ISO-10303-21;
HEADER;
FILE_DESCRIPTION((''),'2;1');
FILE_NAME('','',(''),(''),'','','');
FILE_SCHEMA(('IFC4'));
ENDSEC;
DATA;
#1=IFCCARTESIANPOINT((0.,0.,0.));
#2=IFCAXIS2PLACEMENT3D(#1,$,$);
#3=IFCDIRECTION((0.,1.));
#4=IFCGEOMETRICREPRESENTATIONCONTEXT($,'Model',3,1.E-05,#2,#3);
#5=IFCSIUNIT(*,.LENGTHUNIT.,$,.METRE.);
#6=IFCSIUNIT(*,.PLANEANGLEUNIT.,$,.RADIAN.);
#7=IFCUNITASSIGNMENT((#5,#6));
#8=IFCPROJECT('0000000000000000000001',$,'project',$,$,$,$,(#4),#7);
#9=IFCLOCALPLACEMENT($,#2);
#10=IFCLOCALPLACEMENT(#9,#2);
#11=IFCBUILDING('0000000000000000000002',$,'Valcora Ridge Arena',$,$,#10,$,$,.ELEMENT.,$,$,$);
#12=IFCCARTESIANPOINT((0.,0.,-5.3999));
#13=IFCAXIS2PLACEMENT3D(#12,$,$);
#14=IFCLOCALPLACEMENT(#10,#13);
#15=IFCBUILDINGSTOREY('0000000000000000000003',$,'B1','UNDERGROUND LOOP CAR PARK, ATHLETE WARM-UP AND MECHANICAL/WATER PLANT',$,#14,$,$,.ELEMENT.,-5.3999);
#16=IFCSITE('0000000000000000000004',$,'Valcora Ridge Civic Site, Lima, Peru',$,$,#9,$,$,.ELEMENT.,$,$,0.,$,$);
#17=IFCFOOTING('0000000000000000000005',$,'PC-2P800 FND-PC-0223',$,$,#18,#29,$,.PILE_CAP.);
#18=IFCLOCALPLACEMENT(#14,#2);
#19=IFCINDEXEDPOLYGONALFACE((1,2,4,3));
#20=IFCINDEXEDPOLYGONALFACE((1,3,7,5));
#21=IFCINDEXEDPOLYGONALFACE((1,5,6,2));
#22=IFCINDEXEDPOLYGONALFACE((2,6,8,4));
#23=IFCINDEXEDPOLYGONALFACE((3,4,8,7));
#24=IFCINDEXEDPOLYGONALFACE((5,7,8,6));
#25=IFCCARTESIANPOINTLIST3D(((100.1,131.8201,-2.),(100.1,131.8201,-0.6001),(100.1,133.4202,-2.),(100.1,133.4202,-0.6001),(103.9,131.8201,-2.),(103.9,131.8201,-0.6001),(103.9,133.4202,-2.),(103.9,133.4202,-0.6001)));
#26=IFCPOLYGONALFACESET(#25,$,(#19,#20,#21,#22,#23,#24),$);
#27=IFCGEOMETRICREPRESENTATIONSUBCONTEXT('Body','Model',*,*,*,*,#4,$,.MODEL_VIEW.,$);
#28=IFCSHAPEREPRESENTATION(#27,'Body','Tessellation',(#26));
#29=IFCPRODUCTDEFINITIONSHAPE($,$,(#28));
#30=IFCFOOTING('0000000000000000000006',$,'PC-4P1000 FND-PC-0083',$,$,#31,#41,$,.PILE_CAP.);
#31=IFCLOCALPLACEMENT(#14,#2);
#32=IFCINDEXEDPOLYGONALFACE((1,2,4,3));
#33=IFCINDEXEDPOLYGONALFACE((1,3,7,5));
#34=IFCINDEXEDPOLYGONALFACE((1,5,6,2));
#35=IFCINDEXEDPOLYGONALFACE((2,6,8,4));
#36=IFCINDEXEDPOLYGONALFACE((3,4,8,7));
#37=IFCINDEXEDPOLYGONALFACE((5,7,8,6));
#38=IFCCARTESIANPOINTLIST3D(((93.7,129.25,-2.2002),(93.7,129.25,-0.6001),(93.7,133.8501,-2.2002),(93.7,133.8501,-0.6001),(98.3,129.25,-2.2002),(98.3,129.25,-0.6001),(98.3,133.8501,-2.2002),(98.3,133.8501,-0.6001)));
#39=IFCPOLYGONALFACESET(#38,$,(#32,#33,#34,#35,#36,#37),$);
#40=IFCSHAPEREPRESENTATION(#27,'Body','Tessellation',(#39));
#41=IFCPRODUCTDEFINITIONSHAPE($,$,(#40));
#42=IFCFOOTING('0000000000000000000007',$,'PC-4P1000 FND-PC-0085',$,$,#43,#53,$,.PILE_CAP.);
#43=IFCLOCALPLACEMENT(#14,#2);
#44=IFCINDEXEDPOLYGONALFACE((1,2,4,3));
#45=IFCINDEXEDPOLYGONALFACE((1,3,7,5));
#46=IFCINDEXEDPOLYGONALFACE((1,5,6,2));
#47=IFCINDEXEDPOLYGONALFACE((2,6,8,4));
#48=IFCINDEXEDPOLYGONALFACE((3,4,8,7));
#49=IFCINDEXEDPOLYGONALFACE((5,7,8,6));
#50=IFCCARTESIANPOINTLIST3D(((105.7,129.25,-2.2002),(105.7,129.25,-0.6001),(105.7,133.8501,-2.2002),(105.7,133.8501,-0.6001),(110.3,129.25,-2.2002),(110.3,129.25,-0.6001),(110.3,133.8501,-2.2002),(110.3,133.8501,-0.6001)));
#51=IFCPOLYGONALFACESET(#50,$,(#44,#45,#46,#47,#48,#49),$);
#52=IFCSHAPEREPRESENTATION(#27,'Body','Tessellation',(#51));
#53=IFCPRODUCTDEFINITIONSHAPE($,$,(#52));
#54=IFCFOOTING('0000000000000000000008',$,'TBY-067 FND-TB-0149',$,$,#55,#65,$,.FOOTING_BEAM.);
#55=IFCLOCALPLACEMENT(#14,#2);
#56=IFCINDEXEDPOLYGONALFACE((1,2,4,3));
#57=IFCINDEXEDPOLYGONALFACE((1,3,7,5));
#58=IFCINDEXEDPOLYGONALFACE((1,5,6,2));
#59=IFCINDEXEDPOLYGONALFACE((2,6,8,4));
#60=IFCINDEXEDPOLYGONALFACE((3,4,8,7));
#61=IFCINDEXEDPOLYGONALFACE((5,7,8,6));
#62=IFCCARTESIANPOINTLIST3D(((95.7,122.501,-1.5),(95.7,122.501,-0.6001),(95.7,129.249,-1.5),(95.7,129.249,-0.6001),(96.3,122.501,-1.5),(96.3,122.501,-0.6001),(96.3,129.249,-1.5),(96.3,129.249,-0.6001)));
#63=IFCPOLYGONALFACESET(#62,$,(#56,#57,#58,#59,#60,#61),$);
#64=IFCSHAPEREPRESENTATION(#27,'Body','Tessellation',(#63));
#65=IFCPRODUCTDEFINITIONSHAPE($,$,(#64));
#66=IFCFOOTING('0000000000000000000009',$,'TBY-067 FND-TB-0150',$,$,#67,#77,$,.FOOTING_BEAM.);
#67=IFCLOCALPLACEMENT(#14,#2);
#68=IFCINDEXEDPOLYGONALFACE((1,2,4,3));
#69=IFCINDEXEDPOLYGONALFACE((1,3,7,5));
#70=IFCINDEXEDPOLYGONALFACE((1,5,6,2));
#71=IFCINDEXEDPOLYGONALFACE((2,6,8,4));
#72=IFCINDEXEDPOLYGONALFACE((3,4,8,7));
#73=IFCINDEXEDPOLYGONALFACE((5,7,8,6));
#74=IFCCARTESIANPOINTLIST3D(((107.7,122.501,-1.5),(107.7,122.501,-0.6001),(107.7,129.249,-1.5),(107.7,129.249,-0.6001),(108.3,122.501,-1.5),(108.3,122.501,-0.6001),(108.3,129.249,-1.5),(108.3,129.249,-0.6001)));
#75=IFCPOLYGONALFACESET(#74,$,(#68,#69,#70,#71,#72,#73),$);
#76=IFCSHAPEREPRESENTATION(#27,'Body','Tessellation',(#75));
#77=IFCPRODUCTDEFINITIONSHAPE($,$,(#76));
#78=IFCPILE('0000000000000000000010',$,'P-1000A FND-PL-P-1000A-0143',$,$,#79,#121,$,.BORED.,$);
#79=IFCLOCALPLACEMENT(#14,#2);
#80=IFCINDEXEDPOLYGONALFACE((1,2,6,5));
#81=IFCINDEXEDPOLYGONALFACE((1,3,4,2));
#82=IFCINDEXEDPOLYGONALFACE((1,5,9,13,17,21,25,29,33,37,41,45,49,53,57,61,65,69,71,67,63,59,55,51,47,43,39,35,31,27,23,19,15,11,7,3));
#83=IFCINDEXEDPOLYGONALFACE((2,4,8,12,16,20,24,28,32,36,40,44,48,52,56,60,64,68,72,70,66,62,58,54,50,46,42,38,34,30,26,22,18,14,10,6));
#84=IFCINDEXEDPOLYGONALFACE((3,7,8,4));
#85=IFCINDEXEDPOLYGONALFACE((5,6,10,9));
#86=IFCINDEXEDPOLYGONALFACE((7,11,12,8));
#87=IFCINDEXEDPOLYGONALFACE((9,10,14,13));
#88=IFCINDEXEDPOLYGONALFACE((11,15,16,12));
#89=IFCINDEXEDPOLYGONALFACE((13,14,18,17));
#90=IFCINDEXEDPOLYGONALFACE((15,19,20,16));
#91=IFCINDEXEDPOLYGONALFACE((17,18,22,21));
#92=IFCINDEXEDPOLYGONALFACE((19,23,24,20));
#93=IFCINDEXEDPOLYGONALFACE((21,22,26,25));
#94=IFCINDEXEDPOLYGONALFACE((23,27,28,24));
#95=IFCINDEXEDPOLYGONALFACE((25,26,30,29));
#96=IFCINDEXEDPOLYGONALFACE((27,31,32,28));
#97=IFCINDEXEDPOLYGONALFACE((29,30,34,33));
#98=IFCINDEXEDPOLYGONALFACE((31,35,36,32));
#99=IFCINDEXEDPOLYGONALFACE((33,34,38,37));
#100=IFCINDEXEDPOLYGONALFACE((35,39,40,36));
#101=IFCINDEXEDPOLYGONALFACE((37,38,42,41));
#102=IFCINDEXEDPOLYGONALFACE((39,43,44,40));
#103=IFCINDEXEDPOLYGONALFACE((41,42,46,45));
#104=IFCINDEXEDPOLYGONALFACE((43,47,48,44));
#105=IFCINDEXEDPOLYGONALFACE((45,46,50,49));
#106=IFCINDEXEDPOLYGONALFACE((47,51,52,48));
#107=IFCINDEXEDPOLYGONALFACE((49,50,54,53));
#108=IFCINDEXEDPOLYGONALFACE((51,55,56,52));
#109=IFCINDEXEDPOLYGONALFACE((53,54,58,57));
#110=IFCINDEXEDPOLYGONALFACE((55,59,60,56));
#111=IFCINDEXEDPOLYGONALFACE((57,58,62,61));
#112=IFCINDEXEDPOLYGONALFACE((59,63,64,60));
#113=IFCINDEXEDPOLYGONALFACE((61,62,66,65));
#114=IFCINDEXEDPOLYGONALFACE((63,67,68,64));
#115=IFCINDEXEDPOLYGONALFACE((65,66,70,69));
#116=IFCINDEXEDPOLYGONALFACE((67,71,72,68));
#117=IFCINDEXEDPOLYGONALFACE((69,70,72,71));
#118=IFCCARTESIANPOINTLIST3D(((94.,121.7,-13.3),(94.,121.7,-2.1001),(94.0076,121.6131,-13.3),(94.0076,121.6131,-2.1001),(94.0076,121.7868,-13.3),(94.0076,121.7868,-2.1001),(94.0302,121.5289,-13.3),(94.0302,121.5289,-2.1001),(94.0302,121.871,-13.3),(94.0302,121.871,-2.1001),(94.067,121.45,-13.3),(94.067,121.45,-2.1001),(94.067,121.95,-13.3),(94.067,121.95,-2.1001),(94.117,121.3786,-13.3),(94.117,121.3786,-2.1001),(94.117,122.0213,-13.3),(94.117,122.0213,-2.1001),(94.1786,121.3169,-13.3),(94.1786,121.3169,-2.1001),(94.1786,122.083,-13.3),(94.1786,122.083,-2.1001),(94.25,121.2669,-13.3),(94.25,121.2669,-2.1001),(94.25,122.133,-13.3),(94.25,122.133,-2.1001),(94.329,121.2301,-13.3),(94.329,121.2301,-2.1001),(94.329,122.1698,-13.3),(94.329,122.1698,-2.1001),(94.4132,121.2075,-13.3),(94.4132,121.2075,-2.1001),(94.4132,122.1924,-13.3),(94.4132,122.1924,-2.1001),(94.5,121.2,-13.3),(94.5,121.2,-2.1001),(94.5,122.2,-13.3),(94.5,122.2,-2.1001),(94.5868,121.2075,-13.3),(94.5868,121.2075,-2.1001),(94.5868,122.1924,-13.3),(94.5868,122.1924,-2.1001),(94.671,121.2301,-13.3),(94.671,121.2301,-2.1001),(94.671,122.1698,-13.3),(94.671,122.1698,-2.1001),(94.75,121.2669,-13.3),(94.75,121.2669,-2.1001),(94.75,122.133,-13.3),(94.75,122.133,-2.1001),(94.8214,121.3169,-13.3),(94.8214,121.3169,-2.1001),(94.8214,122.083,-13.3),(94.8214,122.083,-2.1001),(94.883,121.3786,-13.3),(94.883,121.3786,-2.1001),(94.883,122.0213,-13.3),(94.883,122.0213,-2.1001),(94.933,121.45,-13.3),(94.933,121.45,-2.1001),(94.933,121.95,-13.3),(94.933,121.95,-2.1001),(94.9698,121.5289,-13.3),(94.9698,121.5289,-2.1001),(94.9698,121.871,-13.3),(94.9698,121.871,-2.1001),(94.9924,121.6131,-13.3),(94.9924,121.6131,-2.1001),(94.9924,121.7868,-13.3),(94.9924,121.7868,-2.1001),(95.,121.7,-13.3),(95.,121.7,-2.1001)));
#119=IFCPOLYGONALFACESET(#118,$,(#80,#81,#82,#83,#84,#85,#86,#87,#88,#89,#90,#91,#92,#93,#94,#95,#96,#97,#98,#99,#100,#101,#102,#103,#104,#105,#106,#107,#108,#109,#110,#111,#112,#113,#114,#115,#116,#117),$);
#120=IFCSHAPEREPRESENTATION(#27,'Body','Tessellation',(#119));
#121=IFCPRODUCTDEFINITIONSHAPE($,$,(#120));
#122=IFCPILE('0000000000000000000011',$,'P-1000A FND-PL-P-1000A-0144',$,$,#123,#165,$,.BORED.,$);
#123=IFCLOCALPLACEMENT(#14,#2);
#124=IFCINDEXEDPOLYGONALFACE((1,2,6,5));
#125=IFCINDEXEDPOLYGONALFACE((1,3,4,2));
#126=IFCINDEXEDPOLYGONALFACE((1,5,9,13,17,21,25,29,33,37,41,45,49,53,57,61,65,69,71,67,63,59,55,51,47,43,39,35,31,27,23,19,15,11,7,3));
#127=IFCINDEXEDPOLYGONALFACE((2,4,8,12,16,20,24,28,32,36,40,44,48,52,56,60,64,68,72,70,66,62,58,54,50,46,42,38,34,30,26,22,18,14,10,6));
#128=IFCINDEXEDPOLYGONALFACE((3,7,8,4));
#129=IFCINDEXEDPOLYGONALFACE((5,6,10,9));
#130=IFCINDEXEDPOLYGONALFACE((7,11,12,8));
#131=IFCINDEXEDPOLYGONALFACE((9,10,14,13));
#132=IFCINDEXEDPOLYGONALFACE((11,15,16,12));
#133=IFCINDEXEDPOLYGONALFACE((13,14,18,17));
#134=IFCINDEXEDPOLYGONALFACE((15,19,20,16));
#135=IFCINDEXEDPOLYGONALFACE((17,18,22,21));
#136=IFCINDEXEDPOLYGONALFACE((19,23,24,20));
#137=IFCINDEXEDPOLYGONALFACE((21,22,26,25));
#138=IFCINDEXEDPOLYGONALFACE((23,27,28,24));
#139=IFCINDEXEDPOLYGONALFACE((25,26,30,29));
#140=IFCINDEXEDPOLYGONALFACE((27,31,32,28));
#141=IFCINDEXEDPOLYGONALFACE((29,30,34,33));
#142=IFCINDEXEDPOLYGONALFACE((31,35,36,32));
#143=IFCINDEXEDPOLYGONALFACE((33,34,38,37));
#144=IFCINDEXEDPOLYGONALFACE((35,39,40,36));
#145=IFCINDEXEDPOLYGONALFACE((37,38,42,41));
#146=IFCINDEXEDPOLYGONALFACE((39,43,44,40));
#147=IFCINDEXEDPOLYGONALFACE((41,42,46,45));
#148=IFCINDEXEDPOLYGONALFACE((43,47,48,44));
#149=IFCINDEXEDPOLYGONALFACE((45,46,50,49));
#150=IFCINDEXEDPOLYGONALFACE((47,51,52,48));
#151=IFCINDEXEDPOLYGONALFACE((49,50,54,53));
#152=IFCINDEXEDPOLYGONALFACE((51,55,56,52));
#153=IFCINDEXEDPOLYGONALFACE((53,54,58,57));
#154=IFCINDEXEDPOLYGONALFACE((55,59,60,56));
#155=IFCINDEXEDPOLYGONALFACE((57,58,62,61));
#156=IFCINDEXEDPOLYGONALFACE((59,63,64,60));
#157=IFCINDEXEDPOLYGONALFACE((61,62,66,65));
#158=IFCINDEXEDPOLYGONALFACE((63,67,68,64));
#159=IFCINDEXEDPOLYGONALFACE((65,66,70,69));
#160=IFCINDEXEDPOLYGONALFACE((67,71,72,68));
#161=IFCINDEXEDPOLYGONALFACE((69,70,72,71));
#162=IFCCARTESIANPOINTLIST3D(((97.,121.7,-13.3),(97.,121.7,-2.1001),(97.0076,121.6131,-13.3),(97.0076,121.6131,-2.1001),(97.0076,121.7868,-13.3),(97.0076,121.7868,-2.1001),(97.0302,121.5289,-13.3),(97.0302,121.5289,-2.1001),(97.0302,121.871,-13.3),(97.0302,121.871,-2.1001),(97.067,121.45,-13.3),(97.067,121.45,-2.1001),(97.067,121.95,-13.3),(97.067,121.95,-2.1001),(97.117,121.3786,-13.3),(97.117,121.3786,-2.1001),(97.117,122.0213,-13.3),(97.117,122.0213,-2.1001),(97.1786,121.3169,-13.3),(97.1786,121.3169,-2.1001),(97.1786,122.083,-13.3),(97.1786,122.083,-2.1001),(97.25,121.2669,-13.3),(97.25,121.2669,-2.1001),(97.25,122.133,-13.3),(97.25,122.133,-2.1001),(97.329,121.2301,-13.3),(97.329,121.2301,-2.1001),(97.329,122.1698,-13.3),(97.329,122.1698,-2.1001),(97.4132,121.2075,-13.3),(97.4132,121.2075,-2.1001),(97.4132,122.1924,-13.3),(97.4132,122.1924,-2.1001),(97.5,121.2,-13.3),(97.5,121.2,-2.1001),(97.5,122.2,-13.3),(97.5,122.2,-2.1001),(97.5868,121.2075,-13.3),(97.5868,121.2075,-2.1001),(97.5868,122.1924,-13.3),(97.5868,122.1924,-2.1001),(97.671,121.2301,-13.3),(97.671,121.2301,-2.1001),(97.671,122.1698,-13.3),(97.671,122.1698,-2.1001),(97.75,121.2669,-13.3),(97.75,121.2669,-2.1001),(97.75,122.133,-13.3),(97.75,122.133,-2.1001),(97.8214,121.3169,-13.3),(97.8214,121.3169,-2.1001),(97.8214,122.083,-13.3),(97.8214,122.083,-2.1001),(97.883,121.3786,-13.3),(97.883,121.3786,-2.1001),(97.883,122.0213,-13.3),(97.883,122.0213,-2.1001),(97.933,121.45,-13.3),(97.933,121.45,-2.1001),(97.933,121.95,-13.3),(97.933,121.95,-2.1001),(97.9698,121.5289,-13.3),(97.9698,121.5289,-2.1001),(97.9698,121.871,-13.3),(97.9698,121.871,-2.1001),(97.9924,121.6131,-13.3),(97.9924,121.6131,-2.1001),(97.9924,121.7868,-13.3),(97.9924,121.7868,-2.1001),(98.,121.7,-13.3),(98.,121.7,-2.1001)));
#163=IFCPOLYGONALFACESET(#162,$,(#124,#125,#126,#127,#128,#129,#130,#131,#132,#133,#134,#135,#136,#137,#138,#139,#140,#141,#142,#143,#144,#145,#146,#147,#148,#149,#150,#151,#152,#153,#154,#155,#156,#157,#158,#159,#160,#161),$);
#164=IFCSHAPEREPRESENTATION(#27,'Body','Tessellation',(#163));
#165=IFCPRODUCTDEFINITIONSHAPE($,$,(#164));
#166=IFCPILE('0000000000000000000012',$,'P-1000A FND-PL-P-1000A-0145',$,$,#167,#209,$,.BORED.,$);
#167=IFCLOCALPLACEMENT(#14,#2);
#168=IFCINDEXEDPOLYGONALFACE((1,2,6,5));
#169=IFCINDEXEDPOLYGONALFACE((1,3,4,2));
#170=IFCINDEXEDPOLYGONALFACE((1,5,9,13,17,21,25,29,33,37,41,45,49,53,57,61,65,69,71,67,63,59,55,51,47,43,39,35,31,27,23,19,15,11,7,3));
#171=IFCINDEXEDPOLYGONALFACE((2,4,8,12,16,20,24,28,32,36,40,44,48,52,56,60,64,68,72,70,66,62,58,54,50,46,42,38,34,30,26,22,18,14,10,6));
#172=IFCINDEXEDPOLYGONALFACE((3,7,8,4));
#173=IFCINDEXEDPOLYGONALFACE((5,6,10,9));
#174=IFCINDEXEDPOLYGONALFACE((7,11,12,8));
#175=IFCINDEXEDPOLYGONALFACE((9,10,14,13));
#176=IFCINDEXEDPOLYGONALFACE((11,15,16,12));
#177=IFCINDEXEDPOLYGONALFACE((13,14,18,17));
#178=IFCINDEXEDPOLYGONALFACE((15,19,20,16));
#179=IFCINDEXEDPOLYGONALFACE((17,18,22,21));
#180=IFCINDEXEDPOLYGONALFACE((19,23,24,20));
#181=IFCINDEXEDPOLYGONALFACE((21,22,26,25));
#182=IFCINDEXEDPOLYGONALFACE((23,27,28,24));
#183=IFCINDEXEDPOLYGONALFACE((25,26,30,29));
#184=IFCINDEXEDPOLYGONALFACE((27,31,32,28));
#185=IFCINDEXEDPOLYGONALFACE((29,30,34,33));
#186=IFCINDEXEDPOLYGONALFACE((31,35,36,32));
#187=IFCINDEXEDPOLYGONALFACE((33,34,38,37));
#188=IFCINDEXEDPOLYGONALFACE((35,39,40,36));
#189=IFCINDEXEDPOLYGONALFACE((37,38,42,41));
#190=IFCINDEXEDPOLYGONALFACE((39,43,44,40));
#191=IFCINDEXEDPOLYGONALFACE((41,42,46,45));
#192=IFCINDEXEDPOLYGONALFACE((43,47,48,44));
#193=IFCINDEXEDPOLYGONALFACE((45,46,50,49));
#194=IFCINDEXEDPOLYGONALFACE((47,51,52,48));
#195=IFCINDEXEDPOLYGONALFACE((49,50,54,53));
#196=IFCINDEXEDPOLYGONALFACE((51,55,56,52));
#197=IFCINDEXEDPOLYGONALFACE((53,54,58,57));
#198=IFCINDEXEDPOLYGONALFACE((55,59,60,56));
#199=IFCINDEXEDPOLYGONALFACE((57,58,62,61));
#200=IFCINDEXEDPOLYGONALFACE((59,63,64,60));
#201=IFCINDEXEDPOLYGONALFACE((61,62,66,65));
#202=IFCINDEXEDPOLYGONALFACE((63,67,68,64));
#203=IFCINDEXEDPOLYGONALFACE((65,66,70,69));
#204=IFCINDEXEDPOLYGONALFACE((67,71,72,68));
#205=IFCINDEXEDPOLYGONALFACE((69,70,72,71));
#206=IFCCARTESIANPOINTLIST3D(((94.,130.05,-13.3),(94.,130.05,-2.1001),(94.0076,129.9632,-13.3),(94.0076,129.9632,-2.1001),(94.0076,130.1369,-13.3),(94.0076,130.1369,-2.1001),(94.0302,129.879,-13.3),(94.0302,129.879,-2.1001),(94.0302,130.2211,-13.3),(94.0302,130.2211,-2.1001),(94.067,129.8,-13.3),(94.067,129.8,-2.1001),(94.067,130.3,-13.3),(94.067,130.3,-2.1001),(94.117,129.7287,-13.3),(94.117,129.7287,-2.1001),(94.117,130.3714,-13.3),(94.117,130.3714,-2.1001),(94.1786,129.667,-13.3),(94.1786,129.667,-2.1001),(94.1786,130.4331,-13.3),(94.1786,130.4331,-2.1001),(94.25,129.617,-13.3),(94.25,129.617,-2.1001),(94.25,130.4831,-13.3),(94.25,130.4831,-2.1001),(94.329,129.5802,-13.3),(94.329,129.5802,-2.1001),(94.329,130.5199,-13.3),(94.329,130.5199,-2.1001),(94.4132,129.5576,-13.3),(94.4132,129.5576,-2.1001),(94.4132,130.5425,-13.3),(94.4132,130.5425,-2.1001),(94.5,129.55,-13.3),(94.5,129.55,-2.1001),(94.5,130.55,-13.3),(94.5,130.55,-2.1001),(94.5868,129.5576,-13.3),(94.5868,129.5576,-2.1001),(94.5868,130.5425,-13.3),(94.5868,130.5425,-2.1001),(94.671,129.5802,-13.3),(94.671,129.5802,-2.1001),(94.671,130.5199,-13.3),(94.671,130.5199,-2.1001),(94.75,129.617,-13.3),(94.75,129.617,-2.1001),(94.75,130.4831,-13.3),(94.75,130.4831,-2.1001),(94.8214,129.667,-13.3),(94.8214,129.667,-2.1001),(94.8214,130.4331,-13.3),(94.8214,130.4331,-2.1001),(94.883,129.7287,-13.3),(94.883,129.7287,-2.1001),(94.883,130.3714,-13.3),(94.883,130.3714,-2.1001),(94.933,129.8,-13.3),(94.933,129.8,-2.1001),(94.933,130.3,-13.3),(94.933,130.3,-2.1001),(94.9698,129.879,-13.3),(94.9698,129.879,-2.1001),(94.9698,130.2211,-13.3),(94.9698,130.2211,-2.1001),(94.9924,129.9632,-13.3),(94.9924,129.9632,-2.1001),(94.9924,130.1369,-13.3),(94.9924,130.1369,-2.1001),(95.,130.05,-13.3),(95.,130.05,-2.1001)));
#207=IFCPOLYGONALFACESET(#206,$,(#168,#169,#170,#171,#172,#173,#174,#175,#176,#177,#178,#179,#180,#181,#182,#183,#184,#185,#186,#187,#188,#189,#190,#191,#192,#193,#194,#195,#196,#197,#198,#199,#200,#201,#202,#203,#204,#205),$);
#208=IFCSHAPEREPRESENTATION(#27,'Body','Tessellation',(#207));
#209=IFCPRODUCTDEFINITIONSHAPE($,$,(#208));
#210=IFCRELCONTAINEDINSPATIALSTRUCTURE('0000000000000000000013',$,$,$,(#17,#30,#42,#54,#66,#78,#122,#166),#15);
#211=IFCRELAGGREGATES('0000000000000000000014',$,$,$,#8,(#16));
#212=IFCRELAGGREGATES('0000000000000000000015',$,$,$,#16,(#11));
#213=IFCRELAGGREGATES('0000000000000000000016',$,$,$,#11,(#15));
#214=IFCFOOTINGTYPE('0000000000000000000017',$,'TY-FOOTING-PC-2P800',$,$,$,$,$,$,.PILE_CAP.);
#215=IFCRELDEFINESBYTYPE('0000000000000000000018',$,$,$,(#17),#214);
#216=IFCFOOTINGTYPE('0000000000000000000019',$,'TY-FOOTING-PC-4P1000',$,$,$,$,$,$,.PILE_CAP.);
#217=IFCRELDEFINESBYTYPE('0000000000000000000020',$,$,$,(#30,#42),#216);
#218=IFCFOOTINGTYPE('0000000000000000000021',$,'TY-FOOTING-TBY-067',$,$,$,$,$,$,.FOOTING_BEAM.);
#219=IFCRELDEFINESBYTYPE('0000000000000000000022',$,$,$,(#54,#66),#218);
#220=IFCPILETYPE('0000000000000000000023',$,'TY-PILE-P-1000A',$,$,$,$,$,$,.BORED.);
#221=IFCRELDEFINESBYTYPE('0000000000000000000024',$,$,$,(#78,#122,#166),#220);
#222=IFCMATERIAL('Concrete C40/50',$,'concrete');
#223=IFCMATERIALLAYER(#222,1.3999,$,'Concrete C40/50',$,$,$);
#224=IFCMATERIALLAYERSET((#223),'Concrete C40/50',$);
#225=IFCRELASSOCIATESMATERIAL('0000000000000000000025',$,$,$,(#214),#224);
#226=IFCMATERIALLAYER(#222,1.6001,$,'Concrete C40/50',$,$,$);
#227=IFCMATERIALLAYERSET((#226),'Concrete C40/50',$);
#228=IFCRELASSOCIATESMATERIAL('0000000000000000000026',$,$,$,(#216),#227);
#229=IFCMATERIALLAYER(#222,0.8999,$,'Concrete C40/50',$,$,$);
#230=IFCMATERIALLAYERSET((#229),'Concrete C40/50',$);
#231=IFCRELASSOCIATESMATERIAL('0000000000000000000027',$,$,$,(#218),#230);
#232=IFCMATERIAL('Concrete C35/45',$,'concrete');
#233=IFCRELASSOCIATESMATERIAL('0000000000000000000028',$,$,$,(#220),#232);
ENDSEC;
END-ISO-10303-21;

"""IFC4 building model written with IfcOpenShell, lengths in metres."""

from ifc_helpers import new_model, si_unit, direction, frame, origin, origin_2d, place, context, subcontext, project, spatial, rectangle, circle, extrude, material, layer, layer_set, material_profile, profile_set, type_object, element, save


model = new_model("IFC4")

# Units and contexts
model_context = context("Model", 3, precision=1e-05, world=origin(), true_north=direction((0.0, 1.0)))
body_context = subcontext(model_context, "Body", "Model", "MODEL_VIEW")
ifc_project = project(units=[si_unit("LENGTHUNIT", "METRE"), si_unit("PLANEANGLEUNIT", "RADIAN")], contexts=[model_context])

# Site, building, storey
site_placement = place(None, origin())
site = spatial("IfcSite", under=ifc_project, at=site_placement, Name="Valcora Ridge Civic Site, Lima, Peru", CompositionType="ELEMENT", RefElevation=0.0)
building_placement = place(site_placement, origin())
building = spatial("IfcBuilding", under=site, at=building_placement, Name="Valcora Ridge Arena", CompositionType="ELEMENT")
storey_placement = place(building_placement, frame((0.0, 0.0, -5.3999)))
storey = spatial("IfcBuildingStorey", under=building, at=storey_placement, Name="B1", Description="UNDERGROUND LOOP CAR PARK, ATHLETE WARM-UP AND MECHANICAL/WATER PLANT", CompositionType="ELEMENT", Elevation=-5.3999)

# Footings
ifc_material_1 = material(Name="Concrete C40/50", Category="concrete")
ifc_layer_1 = layer(ifc_material_1, 1.3999, Name="Concrete C40/50")
ifc_layer_set_1 = layer_set([ifc_layer_1], Name="Concrete C40/50")
footing_type_1 = type_object("IfcFootingType", Name="TY-FOOTING-PC-2P800", PredefinedType="PILE_CAP", material=ifc_layer_set_1)
footing_placement = place(storey_placement, frame((102.0, 132.6201, -2.0), z_axis=(0.0, 0.0, 1.0), x_axis=(1.0, 0.0, 0.0)))
element("IfcFooting", 1, at=footing_placement, inside=storey, type_object=footing_type_1, Name="PC-2P800 FND-PC-0223", PredefinedType="PILE_CAP", context=body_context, shape_type="SweptSolid", body=[
    extrude(rectangle(XDim=3.8, YDim=1.6001, at=origin_2d()), origin(), (0.0, 0.0, 1.0), 1.3999),
])
ifc_layer_2 = layer(ifc_material_1, 1.6001, Name="Concrete C40/50")
ifc_layer_set_2 = layer_set([ifc_layer_2], Name="Concrete C40/50")
footing_type_2 = type_object("IfcFootingType", Name="TY-FOOTING-PC-4P1000", PredefinedType="PILE_CAP", material=ifc_layer_set_2)
for number, where, z_axis, x_axis, name in (
    (2, (96.0, 131.55, -2.2002), (0.0, 0.0, 1.0), (1.0, 0.0, 0.0), "PC-4P1000 FND-PC-0083"),
    (3, (108.0, 131.55, -2.2002), (0.0, 0.0, 1.0), (1.0, 0.0, 0.0), "PC-4P1000 FND-PC-0085"),
):
    element("IfcFooting", number, at=place(storey_placement, frame(where, z_axis=z_axis, x_axis=x_axis)), inside=storey, type_object=footing_type_2, Name=name, PredefinedType="PILE_CAP", context=body_context, shape_type="SweptSolid", body=[
        extrude(rectangle(XDim=4.6001, YDim=4.6001, at=origin_2d()), origin(), (0.0, 0.0, 1.0), 1.6001),
    ])
ifc_layer_3 = layer(ifc_material_1, 0.8999, Name="Concrete C40/50")
ifc_layer_set_3 = layer_set([ifc_layer_3], Name="Concrete C40/50")
footing_type_3 = type_object("IfcFootingType", Name="TY-FOOTING-TBY-067", PredefinedType="FOOTING_BEAM", material=ifc_layer_set_3)
for number, where, z_axis, x_axis, name in (
    (4, (96.0, 125.875, -1.5), (0.0, 0.0, 1.0), (1.0, 0.0, 0.0), "TBY-067 FND-TB-0149"),
    (5, (108.0, 125.875, -1.5), (0.0, 0.0, 1.0), (1.0, 0.0, 0.0), "TBY-067 FND-TB-0150"),
):
    element("IfcFooting", number, at=place(storey_placement, frame(where, z_axis=z_axis, x_axis=x_axis)), inside=storey, type_object=footing_type_3, Name=name, PredefinedType="FOOTING_BEAM", context=body_context, shape_type="SweptSolid", body=[
        extrude(rectangle(XDim=0.6001, YDim=6.748, at=origin_2d()), origin(), (0.0, 0.0, 1.0), 0.8999),
    ])

# Piles
ifc_material_2 = material(Name="Concrete C35/45", Category="concrete")
ifc_material_profile_1 = material_profile(ifc_material_2, circle(Radius=0.5, at=origin_2d()), Name="BORED PILE D1000")
ifc_profile_set_1 = profile_set([ifc_material_profile_1], Name="Concrete C35/45")
pile_type_1 = type_object("IfcPileType", Name="TY-PILE-P-1000A", PredefinedType="BORED", material=ifc_profile_set_1)
for number, where, z_axis, x_axis, name in (
    (6, (94.5, 121.7, -2.1001), (0.0, 0.0, -1.0), (1.0, 0.0, 0.0), "P-1000A FND-PL-P-1000A-0143"),
    (7, (97.5, 121.7, -2.1001), (0.0, 0.0, -1.0), (1.0, 0.0, 0.0), "P-1000A FND-PL-P-1000A-0144"),
    (8, (94.5, 130.05, -2.1001), (0.0, 0.0, -1.0), (1.0, 0.0, 0.0), "P-1000A FND-PL-P-1000A-0145"),
):
    element("IfcPile", number, at=place(storey_placement, frame(where, z_axis=z_axis, x_axis=x_axis)), inside=storey, type_object=pile_type_1, Name=name, PredefinedType="BORED", context=body_context, shape_type="SweptSolid", body=[
        extrude(circle(Radius=0.5, at=origin_2d()), origin(), (0.0, 0.0, 1.0), 11.2),
    ])

save(model, "model.ifc")
